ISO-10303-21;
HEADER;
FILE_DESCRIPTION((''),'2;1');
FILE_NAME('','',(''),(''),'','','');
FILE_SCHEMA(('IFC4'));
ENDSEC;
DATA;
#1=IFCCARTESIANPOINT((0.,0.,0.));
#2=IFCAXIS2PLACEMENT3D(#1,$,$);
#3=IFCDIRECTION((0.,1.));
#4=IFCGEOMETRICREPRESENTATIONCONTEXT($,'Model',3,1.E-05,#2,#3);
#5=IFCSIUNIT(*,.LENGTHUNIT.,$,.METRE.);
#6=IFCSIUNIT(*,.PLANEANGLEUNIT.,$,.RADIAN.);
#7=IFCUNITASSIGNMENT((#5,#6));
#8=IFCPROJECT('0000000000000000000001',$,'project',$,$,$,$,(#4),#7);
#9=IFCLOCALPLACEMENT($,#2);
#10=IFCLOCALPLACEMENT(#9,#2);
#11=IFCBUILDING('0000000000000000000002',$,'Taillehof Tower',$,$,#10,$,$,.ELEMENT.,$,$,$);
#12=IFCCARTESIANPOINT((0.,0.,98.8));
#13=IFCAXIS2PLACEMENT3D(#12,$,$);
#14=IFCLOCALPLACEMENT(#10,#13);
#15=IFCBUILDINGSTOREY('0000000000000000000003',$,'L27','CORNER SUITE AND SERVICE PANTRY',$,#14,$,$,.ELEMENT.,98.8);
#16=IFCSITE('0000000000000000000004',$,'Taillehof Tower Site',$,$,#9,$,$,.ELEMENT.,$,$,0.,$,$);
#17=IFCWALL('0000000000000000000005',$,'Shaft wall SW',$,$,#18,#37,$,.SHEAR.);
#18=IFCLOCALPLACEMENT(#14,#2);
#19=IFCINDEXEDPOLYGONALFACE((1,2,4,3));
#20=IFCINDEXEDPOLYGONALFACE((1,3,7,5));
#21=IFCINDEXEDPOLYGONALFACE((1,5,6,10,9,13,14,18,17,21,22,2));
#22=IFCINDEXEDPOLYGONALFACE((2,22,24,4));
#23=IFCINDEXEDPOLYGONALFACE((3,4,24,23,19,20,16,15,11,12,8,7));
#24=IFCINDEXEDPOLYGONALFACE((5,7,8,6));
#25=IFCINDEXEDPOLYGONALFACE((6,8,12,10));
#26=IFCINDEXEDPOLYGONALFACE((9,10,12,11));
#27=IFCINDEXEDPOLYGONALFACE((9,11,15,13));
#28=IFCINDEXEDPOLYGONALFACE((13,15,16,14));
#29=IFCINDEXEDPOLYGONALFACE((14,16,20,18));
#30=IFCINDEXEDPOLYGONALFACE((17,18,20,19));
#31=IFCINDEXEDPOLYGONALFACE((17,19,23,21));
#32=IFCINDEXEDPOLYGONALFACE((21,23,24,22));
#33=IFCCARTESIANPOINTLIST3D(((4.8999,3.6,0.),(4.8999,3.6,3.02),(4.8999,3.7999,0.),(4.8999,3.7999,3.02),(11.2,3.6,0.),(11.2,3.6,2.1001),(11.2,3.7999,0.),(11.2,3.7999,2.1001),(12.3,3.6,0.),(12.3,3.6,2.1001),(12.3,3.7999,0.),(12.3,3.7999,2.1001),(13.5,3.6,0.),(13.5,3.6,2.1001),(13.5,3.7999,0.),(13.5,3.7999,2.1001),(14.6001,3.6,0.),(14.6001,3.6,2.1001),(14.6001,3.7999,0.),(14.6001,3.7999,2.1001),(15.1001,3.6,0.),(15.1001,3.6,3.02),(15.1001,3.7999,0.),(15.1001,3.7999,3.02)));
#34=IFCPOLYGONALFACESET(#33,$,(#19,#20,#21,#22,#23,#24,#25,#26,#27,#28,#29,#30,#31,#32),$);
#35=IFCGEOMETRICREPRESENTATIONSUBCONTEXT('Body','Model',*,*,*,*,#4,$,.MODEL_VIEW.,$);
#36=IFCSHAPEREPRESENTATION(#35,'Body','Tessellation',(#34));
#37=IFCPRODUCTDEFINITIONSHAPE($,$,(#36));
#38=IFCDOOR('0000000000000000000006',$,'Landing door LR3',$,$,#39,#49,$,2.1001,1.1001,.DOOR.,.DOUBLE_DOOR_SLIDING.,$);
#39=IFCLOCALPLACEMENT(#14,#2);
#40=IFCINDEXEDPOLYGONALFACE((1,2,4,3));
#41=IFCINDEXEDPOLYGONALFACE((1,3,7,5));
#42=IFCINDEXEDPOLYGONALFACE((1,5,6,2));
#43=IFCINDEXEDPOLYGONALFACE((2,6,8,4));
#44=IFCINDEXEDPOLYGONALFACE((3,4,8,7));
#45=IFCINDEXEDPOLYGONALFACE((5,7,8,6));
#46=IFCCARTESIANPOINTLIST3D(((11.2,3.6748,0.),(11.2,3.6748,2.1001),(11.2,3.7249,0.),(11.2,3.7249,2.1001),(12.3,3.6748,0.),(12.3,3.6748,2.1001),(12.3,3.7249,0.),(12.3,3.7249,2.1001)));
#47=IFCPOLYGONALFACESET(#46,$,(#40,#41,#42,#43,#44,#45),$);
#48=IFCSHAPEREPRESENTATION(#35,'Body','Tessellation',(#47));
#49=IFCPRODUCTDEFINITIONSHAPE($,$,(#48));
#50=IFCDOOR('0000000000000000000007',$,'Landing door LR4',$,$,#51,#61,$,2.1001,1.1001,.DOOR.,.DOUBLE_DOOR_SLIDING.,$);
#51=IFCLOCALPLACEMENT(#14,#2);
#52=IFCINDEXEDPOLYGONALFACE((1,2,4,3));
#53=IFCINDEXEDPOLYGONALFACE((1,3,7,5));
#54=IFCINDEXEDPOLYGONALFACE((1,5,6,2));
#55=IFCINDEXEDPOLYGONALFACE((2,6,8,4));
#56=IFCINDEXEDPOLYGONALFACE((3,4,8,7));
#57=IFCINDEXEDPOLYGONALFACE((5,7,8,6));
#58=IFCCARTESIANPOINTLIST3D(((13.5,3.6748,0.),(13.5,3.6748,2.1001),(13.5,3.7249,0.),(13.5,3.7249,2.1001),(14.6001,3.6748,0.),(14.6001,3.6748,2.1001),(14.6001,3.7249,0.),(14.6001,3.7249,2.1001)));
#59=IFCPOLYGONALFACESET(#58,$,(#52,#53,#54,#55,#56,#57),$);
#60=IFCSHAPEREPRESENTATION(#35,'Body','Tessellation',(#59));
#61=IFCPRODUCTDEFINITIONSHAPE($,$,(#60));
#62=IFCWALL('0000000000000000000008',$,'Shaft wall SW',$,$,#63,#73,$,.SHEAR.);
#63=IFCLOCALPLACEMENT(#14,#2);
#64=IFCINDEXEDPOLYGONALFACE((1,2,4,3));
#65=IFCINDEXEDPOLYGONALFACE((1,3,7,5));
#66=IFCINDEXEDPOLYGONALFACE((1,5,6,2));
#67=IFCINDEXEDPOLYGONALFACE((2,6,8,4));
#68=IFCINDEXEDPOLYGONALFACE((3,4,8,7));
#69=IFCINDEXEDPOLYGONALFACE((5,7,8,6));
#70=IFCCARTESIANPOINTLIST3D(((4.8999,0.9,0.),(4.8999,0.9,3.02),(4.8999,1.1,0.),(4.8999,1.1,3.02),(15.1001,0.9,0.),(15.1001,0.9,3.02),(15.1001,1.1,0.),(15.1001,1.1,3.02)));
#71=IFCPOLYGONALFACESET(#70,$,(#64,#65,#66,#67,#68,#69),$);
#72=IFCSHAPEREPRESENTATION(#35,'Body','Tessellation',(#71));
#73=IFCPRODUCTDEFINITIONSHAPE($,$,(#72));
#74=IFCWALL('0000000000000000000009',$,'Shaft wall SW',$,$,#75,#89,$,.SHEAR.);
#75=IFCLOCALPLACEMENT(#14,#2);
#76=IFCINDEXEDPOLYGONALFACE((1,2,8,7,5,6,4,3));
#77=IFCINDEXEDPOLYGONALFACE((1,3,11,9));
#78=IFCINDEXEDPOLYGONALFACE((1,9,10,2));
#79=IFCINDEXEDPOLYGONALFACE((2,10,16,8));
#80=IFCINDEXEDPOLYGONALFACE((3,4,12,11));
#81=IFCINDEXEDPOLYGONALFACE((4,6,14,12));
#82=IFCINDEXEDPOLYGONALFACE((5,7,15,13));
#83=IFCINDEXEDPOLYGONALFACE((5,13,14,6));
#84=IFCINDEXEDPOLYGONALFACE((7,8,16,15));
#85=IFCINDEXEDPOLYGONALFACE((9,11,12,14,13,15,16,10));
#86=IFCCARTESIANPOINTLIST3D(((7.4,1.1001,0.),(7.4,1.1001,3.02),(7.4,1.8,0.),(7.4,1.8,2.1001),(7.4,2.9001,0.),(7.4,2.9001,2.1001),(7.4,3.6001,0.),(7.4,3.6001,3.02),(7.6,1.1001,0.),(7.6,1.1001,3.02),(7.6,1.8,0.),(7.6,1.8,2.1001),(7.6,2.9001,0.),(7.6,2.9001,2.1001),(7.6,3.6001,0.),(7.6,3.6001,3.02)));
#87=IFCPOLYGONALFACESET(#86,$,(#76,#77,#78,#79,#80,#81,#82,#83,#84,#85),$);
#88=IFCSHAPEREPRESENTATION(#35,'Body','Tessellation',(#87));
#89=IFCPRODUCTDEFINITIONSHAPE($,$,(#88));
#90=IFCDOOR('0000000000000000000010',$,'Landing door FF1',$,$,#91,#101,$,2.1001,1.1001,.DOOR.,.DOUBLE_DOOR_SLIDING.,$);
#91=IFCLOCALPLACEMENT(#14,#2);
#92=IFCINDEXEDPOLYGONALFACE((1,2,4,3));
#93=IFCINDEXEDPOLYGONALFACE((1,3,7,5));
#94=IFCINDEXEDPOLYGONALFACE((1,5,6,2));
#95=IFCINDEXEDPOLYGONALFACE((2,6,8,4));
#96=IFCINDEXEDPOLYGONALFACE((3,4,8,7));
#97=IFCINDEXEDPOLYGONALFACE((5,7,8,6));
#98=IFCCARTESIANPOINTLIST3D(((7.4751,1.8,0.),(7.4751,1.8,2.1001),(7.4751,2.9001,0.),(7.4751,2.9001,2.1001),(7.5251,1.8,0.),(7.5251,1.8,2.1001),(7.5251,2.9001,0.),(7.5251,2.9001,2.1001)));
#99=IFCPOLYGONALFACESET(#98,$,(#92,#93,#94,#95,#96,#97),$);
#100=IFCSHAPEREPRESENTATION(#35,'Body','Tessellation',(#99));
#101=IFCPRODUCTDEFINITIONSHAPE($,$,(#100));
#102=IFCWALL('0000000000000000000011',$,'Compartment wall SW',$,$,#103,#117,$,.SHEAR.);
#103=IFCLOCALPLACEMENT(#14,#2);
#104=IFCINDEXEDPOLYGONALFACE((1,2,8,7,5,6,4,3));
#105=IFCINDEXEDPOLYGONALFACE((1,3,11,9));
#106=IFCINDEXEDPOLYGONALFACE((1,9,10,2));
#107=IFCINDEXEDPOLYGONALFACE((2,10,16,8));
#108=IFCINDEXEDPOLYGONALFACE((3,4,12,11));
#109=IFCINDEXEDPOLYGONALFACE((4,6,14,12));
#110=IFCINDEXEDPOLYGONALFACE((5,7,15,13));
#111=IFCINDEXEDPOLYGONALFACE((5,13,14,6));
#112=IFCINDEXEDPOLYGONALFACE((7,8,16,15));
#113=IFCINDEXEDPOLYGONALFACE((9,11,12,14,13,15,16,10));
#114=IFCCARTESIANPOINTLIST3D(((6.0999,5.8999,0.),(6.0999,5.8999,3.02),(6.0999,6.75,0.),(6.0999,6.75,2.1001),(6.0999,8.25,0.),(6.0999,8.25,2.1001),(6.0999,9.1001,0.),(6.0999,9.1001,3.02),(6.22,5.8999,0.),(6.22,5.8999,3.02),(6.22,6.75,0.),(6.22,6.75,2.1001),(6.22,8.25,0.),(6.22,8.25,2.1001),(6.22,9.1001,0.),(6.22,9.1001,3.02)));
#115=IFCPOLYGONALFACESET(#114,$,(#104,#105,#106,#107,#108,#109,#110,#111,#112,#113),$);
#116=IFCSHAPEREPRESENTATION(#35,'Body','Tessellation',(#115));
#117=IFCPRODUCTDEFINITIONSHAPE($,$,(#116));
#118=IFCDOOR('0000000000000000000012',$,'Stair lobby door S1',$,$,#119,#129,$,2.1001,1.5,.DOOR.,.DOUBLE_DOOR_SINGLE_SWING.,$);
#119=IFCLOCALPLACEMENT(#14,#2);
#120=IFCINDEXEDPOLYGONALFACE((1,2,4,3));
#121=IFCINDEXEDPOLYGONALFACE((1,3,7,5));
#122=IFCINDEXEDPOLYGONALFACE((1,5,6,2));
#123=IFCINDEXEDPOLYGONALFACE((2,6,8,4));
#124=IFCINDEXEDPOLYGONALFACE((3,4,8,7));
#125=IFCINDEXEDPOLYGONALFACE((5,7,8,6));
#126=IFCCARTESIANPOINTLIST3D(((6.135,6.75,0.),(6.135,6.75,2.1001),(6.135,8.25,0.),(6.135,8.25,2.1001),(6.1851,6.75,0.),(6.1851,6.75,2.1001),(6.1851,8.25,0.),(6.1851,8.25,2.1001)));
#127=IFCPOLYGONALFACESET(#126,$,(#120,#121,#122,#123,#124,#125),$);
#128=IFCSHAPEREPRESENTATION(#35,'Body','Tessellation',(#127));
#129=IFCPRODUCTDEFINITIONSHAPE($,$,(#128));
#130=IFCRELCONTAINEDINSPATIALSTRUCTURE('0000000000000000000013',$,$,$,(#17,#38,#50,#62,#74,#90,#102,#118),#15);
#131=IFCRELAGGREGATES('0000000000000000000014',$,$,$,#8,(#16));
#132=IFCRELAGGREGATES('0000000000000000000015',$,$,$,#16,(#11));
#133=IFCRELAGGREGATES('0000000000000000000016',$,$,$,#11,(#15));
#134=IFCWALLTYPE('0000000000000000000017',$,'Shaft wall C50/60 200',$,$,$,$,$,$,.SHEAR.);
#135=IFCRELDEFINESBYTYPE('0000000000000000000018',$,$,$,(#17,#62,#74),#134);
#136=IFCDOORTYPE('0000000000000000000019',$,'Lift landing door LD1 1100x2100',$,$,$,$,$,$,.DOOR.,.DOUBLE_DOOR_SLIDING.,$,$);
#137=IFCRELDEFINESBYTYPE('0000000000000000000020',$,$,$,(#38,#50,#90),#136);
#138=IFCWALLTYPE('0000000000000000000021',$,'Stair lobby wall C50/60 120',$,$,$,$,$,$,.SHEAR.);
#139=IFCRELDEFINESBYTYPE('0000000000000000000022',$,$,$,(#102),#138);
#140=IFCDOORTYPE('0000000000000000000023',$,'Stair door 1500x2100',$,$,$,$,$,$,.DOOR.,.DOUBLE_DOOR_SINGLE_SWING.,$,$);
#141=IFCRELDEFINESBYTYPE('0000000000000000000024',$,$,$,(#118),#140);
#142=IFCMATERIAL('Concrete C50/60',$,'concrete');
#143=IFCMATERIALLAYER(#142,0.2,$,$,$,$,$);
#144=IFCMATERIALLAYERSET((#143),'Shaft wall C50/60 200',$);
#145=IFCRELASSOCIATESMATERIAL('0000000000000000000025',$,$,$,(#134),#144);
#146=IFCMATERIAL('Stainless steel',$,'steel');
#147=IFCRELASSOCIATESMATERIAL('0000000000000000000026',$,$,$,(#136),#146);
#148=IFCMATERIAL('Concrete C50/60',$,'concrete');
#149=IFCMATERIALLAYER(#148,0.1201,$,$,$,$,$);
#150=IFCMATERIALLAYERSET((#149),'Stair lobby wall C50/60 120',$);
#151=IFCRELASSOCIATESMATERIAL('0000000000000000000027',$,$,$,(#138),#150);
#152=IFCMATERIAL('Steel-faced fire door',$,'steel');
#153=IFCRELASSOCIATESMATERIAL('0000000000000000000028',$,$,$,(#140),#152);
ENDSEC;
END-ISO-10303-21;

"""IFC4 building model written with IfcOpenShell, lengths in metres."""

from ifc_helpers import new_model, si_unit, direction, frame, frame_2d, origin, place, context, subcontext, project, spatial, rectangle, extrude, material, layer, layer_set, type_object, element, fill, save


model = new_model("IFC4")

# Units and contexts
model_context = context("Model", 3, precision=1e-05, world=origin(), true_north=direction((0.0, 1.0)))
body_context = subcontext(model_context, "Body", "Model", "MODEL_VIEW")
ifc_project = project(units=[si_unit("LENGTHUNIT", "METRE"), si_unit("PLANEANGLEUNIT", "RADIAN")], contexts=[model_context])

# Site, building, storey
site_placement = place(None, origin())
site = spatial("IfcSite", under=ifc_project, at=site_placement, Name="Taillehof Tower Site", CompositionType="ELEMENT", RefElevation=0.0)
building_placement = place(site_placement, origin())
building = spatial("IfcBuilding", under=site, at=building_placement, Name="Taillehof Tower", CompositionType="ELEMENT")
storey_placement = place(building_placement, frame((0.0, 0.0, 98.8)))
storey = spatial("IfcBuildingStorey", under=building, at=storey_placement, Name="L27", Description="CORNER SUITE AND SERVICE PANTRY", CompositionType="ELEMENT", Elevation=98.8)

# Wall, openings, doors
ifc_material_1 = material(Name="Concrete C50/60", Category="concrete")
ifc_layer_1 = layer(ifc_material_1, 0.2)
ifc_layer_set_1 = layer_set([ifc_layer_1], Name="Shaft wall C50/60 200")
wall_type_1 = type_object("IfcWallType", Name="Shaft wall C50/60 200", PredefinedType="SHEAR", material=ifc_layer_set_1)
ifc_material_2 = material(Name="Stainless steel", Category="steel")
door_type_1 = type_object("IfcDoorType", Name="Lift landing door LD1 1100x2100", OperationType="DOUBLE_DOOR_SLIDING", PredefinedType="DOOR", material=ifc_material_2)
wall_1_placement = place(storey_placement, frame((4.8999, 3.7, 0.0), z_axis=(0.0, 0.0, 1.0), x_axis=(1.0, 0.0, 0.0)))
wall_1 = element("IfcWall", 1, at=wall_1_placement, inside=storey, type_object=wall_type_1, Name="Shaft wall SW", PredefinedType="SHEAR", context=body_context, shape_type="SweptSolid", body=[
    extrude(rectangle(XDim=10.2002, YDim=0.2, at=frame_2d((5.1001, 0.0))), origin(), (0.0, 0.0, 1.0), 3.02),
])
opening_1_placement = place(wall_1_placement, frame((6.3, 0.0, 0.0)))
opening_1 = element("IfcOpeningElement", 2, at=opening_1_placement, cuts=wall_1, PredefinedType="OPENING", context=body_context, shape_type="SweptSolid", body=[
    extrude(rectangle(XDim=1.1001, YDim=2.1001, at=frame_2d((0.55, 1.05))), frame((0.0, 0.1099, 0.0), z_axis=(0.0, -1.0, 0.0), x_axis=(1.0, 0.0, 0.0)), (0.0, 0.0, 1.0), 0.22),
])
opening_2_placement = place(wall_1_placement, frame((8.6001, 0.0, 0.0)))
opening_2 = element("IfcOpeningElement", 3, at=opening_2_placement, cuts=wall_1, PredefinedType="OPENING", context=body_context, shape_type="SweptSolid", body=[
    extrude(rectangle(XDim=1.1001, YDim=2.1001, at=frame_2d((0.55, 1.05))), frame((0.0, 0.1099, 0.0), z_axis=(0.0, -1.0, 0.0), x_axis=(1.0, 0.0, 0.0)), (0.0, 0.0, 1.0), 0.22),
])
door_1_placement = place(opening_1_placement, origin())
door_1 = element("IfcDoor", 4, at=door_1_placement, inside=storey, type_object=door_type_1, Name="Landing door LR3", OperationType="DOUBLE_DOOR_SLIDING", OverallHeight=2.1001, OverallWidth=1.1001, PredefinedType="DOOR", context=body_context, shape_type="SweptSolid", body=[
    extrude(rectangle(XDim=1.1001, YDim=2.1001, at=frame_2d((0.55, 1.05))), frame((0.0, 0.0249, 0.0), z_axis=(0.0, -1.0, 0.0), x_axis=(1.0, 0.0, 0.0)), (0.0, 0.0, 1.0), 0.05),
])
fill(opening_1, door_1)
door_2_placement = place(opening_2_placement, origin())
door_2 = element("IfcDoor", 5, at=door_2_placement, inside=storey, type_object=door_type_1, Name="Landing door LR4", OperationType="DOUBLE_DOOR_SLIDING", OverallHeight=2.1001, OverallWidth=1.1001, PredefinedType="DOOR", context=body_context, shape_type="SweptSolid", body=[
    extrude(rectangle(XDim=1.1001, YDim=2.1001, at=frame_2d((0.55, 1.05))), frame((0.0, 0.0249, 0.0), z_axis=(0.0, -1.0, 0.0), x_axis=(1.0, 0.0, 0.0)), (0.0, 0.0, 1.0), 0.05),
])
fill(opening_2, door_2)

# Wall
wall_2_placement = place(storey_placement, frame((4.8999, 1.0, 0.0), z_axis=(0.0, 0.0, 1.0), x_axis=(1.0, 0.0, 0.0)))
element("IfcWall", 6, at=wall_2_placement, inside=storey, type_object=wall_type_1, Name="Shaft wall SW", PredefinedType="SHEAR", context=body_context, shape_type="SweptSolid", body=[
    extrude(rectangle(XDim=10.2002, YDim=0.2, at=frame_2d((5.1001, 0.0))), origin(), (0.0, 0.0, 1.0), 3.02),
])

# Walls, openings, doors
wall_3_placement = place(storey_placement, frame((7.5, 1.1001, 0.0), z_axis=(0.0, 0.0, 1.0), x_axis=(0.0, 1.0, 0.0)))
wall_3 = element("IfcWall", 7, at=wall_3_placement, inside=storey, type_object=wall_type_1, Name="Shaft wall SW", PredefinedType="SHEAR", context=body_context, shape_type="SweptSolid", body=[
    extrude(rectangle(XDim=2.5, YDim=0.2, at=frame_2d((1.25, 0.0))), origin(), (0.0, 0.0, 1.0), 3.02),
])
opening_3_placement = place(wall_3_placement, frame((0.7, 0.0, 0.0)))
opening_3 = element("IfcOpeningElement", 8, at=opening_3_placement, cuts=wall_3, PredefinedType="OPENING", context=body_context, shape_type="SweptSolid", body=[
    extrude(rectangle(XDim=1.1001, YDim=2.1001, at=frame_2d((0.55, 1.05))), frame((0.0, 0.1099, 0.0), z_axis=(0.0, -1.0, 0.0), x_axis=(1.0, 0.0, 0.0)), (0.0, 0.0, 1.0), 0.22),
])
door_3_placement = place(opening_3_placement, origin())
door_3 = element("IfcDoor", 9, at=door_3_placement, inside=storey, type_object=door_type_1, Name="Landing door FF1", OperationType="DOUBLE_DOOR_SLIDING", OverallHeight=2.1001, OverallWidth=1.1001, PredefinedType="DOOR", context=body_context, shape_type="SweptSolid", body=[
    extrude(rectangle(XDim=1.1001, YDim=2.1001, at=frame_2d((0.55, 1.05))), frame((0.0, 0.0249, 0.0), z_axis=(0.0, -1.0, 0.0), x_axis=(1.0, 0.0, 0.0)), (0.0, 0.0, 1.0), 0.05),
])
fill(opening_3, door_3)
ifc_material_3 = material(Name="Concrete C50/60", Category="concrete")
ifc_layer_2 = layer(ifc_material_3, 0.1201)
ifc_layer_set_2 = layer_set([ifc_layer_2], Name="Stair lobby wall C50/60 120")
wall_type_2 = type_object("IfcWallType", Name="Stair lobby wall C50/60 120", PredefinedType="SHEAR", material=ifc_layer_set_2)
wall_4_placement = place(storey_placement, frame((6.1599, 5.8999, 0.0), z_axis=(0.0, 0.0, 1.0), x_axis=(0.0, 1.0, 0.0)))
wall_4 = element("IfcWall", 10, at=wall_4_placement, inside=storey, type_object=wall_type_2, Name="Compartment wall SW", PredefinedType="SHEAR", context=body_context, shape_type="SweptSolid", body=[
    extrude(rectangle(XDim=3.2002, YDim=0.1201, at=frame_2d((1.6001, 0.0))), origin(), (0.0, 0.0, 1.0), 3.02),
])
opening_4_placement = place(wall_4_placement, frame((0.8501, 0.0, 0.0)))
opening_4 = element("IfcOpeningElement", 11, at=opening_4_placement, cuts=wall_4, PredefinedType="OPENING", context=body_context, shape_type="SweptSolid", body=[
    extrude(rectangle(XDim=1.5, YDim=2.1001, at=frame_2d((0.75, 1.05))), frame((0.0, 0.0701, 0.0), z_axis=(0.0, -1.0, 0.0), x_axis=(1.0, 0.0, 0.0)), (0.0, 0.0, 1.0), 0.1401),
])
ifc_material_4 = material(Name="Steel-faced fire door", Category="steel")
door_type_2 = type_object("IfcDoorType", Name="Stair door 1500x2100", OperationType="DOUBLE_DOOR_SINGLE_SWING", PredefinedType="DOOR", material=ifc_material_4)
door_4_placement = place(opening_4_placement, origin())
door_4 = element("IfcDoor", 12, at=door_4_placement, inside=storey, type_object=door_type_2, Name="Stair lobby door S1", OperationType="DOUBLE_DOOR_SINGLE_SWING", OverallHeight=2.1001, OverallWidth=1.5, PredefinedType="DOOR", context=body_context, shape_type="SweptSolid", body=[
    extrude(rectangle(XDim=1.5, YDim=2.1001, at=frame_2d((0.75, 1.05))), frame((0.0, 0.0249, 0.0), z_axis=(0.0, -1.0, 0.0), x_axis=(1.0, 0.0, 0.0)), (0.0, 0.0, 1.0), 0.05),
])
fill(opening_4, door_4)

save(model, "model.ifc")
